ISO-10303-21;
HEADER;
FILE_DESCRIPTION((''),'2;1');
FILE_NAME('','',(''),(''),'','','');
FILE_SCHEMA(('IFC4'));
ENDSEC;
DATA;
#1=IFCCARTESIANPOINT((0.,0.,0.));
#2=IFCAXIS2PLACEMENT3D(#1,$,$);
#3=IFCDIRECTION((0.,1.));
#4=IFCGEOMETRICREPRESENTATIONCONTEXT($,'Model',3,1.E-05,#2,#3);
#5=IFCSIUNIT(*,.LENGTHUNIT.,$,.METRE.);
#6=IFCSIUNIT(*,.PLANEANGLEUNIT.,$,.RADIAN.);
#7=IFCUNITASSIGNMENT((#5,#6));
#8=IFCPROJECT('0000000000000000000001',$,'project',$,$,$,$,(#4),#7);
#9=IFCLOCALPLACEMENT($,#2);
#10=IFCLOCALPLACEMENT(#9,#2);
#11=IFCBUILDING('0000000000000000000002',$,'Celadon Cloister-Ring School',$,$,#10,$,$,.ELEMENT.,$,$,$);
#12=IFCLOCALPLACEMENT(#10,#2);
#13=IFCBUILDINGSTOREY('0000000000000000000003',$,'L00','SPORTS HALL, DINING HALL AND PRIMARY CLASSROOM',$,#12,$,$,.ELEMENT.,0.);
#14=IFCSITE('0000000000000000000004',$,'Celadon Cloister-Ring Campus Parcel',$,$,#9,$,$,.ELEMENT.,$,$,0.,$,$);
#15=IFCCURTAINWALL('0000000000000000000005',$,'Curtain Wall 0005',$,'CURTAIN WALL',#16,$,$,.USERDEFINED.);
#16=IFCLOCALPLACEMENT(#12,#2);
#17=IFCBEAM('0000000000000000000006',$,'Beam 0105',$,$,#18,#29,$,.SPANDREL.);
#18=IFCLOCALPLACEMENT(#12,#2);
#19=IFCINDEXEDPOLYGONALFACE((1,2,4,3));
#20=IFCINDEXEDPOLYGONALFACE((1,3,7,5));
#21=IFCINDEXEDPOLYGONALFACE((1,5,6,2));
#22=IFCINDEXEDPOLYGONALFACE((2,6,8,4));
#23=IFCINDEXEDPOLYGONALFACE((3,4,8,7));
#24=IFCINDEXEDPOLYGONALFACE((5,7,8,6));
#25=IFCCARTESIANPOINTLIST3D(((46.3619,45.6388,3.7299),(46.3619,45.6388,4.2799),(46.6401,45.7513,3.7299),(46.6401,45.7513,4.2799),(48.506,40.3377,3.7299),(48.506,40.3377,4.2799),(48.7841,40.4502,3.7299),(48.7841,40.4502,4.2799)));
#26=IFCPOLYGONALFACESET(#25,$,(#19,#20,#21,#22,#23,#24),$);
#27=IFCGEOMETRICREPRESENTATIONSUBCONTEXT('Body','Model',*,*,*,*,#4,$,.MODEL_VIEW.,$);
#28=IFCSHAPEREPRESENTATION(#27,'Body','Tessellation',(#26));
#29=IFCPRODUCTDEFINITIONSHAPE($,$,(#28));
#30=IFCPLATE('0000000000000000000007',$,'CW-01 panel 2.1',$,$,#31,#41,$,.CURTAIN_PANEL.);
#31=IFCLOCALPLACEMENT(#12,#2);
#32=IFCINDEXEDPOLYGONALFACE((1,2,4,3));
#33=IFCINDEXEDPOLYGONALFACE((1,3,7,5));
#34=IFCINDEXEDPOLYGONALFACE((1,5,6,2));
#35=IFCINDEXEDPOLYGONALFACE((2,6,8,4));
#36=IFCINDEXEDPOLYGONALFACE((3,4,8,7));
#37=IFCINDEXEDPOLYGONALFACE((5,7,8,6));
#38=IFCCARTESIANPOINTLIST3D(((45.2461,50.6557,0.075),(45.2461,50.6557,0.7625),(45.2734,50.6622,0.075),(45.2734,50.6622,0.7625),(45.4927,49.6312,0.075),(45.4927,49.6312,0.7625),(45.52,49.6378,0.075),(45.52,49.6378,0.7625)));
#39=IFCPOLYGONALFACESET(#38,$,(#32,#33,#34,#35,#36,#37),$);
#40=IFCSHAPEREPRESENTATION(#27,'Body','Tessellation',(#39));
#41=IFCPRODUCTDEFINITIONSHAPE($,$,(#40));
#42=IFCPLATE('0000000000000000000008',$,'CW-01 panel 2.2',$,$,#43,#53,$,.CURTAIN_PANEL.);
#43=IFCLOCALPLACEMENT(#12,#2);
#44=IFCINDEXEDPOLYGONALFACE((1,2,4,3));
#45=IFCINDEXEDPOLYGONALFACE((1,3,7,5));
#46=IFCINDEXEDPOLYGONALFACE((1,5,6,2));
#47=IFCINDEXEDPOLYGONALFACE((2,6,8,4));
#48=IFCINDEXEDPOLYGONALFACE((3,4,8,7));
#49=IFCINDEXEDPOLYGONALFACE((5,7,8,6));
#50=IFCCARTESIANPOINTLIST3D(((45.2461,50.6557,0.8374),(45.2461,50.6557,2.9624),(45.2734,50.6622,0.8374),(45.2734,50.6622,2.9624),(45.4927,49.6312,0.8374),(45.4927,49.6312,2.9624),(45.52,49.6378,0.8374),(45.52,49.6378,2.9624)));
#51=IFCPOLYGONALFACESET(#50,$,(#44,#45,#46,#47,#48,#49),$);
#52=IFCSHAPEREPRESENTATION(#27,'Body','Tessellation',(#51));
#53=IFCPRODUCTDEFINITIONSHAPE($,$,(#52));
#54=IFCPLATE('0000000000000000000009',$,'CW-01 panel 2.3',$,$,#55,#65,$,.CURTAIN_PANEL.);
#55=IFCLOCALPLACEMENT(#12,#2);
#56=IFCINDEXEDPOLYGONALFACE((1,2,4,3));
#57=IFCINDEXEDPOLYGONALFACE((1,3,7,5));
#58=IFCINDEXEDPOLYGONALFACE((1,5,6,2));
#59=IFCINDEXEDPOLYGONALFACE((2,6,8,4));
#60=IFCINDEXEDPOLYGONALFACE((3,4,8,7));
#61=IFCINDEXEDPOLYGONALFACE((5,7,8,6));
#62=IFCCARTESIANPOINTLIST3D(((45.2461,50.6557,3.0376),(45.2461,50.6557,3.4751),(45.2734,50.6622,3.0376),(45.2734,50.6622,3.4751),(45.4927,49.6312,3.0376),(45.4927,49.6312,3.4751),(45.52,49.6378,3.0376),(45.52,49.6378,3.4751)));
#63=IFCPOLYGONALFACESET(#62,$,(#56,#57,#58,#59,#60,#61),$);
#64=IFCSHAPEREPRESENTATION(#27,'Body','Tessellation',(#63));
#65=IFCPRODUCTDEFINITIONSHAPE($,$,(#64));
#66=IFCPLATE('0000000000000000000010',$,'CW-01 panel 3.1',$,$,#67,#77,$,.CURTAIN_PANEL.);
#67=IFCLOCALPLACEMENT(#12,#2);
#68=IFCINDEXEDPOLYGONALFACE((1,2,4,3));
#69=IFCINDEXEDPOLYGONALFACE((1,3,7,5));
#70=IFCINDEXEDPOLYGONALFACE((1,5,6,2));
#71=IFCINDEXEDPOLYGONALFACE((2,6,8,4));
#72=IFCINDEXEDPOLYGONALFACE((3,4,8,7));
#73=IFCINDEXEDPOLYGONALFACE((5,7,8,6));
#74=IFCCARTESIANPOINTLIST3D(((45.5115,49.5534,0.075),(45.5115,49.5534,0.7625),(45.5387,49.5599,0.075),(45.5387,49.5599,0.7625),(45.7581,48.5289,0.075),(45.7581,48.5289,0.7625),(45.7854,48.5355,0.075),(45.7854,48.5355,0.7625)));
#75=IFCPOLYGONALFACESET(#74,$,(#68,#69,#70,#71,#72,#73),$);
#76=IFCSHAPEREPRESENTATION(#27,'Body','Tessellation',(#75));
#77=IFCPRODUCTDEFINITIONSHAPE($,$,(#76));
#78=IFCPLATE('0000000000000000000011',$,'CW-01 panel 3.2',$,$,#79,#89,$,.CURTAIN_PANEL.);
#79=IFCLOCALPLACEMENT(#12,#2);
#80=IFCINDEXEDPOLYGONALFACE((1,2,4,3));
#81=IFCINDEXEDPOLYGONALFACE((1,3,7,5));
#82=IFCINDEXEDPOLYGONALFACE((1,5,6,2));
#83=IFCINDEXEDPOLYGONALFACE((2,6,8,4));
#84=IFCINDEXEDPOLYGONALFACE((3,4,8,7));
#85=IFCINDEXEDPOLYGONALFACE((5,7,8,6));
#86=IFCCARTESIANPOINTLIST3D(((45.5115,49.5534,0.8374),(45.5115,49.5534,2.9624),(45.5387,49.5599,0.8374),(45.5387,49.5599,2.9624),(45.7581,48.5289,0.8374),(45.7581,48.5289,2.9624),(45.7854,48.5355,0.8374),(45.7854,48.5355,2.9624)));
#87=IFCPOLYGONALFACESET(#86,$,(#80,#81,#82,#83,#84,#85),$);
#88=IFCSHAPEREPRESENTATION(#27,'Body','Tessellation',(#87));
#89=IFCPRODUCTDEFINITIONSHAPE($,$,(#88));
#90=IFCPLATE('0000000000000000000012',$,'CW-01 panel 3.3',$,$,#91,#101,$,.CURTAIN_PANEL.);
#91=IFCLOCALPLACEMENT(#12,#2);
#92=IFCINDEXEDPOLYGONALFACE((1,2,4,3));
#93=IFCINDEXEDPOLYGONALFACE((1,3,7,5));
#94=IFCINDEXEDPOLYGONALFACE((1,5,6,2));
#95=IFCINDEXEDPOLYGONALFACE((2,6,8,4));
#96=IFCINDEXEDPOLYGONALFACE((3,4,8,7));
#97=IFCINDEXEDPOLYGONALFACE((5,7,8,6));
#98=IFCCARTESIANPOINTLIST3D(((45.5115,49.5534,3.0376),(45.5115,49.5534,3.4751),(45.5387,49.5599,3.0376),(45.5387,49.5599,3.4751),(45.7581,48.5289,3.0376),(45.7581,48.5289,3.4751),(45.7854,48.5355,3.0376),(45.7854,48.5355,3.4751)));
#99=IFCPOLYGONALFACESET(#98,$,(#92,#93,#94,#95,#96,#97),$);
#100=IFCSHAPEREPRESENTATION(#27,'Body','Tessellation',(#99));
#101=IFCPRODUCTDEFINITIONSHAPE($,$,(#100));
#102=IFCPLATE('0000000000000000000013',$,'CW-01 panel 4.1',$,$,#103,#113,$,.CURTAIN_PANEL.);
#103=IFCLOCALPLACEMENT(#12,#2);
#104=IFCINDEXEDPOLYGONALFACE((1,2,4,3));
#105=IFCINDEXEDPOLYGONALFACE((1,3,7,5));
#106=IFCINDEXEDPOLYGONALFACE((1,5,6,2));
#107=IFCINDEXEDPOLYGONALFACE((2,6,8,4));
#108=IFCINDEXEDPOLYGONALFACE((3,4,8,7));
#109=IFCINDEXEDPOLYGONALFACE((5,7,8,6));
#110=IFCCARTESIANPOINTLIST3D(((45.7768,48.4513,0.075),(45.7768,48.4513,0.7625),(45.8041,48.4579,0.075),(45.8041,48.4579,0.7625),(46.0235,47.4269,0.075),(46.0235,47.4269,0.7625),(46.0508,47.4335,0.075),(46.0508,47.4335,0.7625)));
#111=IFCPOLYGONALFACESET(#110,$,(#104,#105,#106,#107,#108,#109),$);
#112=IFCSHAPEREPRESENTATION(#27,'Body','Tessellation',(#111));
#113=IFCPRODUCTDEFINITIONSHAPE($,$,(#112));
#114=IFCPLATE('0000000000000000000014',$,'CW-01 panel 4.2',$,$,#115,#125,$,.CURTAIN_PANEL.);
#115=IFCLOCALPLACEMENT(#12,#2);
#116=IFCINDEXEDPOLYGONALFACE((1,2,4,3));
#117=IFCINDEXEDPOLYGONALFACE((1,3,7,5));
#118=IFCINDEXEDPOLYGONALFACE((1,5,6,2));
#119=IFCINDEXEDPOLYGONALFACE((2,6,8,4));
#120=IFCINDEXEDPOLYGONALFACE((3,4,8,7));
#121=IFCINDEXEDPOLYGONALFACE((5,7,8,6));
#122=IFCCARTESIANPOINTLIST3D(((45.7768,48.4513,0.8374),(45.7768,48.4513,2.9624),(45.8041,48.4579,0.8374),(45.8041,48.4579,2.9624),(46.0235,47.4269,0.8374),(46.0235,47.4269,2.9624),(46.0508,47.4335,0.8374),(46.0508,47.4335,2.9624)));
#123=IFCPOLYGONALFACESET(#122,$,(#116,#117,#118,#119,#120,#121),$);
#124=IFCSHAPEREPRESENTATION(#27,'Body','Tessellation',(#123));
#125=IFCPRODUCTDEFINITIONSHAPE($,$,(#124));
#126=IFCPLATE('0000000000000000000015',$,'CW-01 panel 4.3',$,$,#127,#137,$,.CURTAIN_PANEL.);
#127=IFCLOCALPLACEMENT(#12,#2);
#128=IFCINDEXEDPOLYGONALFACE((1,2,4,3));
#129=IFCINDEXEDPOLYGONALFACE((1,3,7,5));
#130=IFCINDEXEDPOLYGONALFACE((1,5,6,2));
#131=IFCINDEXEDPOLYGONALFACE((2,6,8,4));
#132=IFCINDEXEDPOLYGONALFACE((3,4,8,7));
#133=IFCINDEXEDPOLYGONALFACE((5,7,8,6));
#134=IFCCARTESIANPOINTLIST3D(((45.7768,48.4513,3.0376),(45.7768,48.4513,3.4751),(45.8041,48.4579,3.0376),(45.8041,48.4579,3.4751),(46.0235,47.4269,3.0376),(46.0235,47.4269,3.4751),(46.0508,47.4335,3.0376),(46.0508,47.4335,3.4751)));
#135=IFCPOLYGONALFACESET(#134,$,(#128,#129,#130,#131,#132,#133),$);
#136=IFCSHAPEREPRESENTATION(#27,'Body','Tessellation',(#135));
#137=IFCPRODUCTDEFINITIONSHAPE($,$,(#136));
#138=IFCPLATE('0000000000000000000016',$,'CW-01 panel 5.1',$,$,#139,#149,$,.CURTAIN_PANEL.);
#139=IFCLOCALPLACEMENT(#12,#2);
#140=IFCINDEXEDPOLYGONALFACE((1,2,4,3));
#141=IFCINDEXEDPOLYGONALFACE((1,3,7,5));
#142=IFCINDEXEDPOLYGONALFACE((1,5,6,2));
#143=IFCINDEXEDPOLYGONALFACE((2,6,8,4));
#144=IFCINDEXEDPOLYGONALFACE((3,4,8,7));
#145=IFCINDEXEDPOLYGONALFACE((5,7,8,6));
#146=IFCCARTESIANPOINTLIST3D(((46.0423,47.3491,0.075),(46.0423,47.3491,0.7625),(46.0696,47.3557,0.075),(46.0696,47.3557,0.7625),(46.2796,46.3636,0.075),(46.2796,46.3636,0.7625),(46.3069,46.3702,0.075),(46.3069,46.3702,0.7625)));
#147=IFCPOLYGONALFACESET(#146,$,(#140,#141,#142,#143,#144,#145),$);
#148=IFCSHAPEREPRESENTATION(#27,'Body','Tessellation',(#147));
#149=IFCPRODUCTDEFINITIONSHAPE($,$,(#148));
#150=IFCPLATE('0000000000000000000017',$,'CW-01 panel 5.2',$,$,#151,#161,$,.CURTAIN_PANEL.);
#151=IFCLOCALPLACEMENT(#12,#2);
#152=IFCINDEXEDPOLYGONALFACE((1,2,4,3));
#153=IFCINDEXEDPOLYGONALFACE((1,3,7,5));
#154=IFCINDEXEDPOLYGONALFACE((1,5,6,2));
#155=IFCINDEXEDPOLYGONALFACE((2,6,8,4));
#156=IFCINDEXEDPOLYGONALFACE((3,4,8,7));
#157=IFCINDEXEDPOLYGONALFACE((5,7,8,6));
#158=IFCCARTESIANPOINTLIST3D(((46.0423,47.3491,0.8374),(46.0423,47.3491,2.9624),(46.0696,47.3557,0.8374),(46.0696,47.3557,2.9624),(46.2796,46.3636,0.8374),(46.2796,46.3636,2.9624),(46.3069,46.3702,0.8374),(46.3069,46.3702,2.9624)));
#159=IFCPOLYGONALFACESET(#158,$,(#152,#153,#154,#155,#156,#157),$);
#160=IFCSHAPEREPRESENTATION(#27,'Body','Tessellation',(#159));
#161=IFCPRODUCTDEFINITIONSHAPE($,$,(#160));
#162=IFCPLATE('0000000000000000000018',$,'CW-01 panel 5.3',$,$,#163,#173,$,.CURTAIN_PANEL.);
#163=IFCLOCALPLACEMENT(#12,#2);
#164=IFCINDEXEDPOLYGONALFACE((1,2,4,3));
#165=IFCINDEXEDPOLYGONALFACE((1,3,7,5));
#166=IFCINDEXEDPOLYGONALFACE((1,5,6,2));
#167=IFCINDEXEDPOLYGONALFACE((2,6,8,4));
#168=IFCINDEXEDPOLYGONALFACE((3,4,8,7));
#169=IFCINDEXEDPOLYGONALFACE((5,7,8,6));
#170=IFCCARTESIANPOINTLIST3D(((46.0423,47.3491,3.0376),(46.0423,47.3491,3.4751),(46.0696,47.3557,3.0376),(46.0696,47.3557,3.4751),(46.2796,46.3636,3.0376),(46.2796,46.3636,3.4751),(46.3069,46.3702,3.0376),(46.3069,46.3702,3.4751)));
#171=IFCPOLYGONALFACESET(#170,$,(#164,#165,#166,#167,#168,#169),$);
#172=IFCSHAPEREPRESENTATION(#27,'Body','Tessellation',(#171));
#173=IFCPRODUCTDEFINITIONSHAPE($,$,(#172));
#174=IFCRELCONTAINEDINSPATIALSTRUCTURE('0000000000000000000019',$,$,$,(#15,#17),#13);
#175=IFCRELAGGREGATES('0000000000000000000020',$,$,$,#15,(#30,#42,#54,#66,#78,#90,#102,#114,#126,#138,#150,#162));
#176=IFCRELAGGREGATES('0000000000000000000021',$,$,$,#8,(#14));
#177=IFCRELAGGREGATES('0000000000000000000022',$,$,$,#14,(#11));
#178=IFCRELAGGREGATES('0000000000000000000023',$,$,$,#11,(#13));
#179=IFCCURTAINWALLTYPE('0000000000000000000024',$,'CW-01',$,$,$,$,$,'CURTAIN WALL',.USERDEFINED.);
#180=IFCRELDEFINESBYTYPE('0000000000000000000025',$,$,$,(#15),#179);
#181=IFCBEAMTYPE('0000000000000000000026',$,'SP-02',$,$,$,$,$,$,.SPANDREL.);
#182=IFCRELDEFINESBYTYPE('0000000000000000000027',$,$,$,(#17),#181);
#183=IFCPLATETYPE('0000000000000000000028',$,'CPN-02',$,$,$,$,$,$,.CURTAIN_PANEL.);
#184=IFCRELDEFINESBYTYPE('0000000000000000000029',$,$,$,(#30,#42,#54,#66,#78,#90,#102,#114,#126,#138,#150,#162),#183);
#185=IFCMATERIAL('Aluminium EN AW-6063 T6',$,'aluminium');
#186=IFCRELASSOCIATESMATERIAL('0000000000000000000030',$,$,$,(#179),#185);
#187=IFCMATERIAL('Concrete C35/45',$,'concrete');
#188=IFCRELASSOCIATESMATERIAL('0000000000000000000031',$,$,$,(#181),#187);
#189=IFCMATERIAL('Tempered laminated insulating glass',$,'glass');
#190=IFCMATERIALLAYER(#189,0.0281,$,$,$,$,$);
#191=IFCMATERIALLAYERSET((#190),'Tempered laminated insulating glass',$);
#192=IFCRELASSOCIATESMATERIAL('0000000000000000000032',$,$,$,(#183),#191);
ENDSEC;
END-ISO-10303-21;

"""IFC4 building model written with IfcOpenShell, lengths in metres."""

from ifc_helpers import new_model, si_unit, direction, frame, origin, origin_2d, place, context, subcontext, project, spatial, rectangle, extrude, material, layer, layer_set, material_profile, profile_set, type_object, element, aggregate, save


model = new_model("IFC4")

# Units and contexts
model_context = context("Model", 3, precision=1e-05, world=origin(), true_north=direction((0.0, 1.0)))
body_context = subcontext(model_context, "Body", "Model", "MODEL_VIEW")
ifc_project = project(units=[si_unit("LENGTHUNIT", "METRE"), si_unit("PLANEANGLEUNIT", "RADIAN")], contexts=[model_context])

# Site, building, storey
site_placement = place(None, origin())
site = spatial("IfcSite", under=ifc_project, at=site_placement, Name="Celadon Cloister-Ring Campus Parcel", CompositionType="ELEMENT", RefElevation=0.0)
building_placement = place(site_placement, origin())
building = spatial("IfcBuilding", under=site, at=building_placement, Name="Celadon Cloister-Ring School", CompositionType="ELEMENT")
storey_placement = place(building_placement, origin())
storey = spatial("IfcBuildingStorey", under=building, at=storey_placement, Name="L00", Description="SPORTS HALL, DINING HALL AND PRIMARY CLASSROOM", CompositionType="ELEMENT", Elevation=0.0)

# Curtain wall
ifc_material_1 = material(Name="Aluminium EN AW-6063 T6", Category="aluminium")
curtain_wall_type = type_object("IfcCurtainWallType", Name="CW-01", ElementType="CURTAIN WALL", PredefinedType="USERDEFINED", material=ifc_material_1)
curtain_wall_placement = place(storey_placement, origin())
curtain_wall = element("IfcCurtainWall", 1, at=curtain_wall_placement, inside=storey, type_object=curtain_wall_type, Name="Curtain Wall 0005", ObjectType="CURTAIN WALL", PredefinedType="USERDEFINED")

# Beam
ifc_material_2 = material(Name="Concrete C35/45", Category="concrete")
ifc_material_profile_1 = material_profile(ifc_material_2, rectangle(XDim=0.3, YDim=0.55, at=origin_2d()), Name="RC300X550")
ifc_profile_set_1 = profile_set([ifc_material_profile_1], Name="Concrete C35/45")
beam_type = type_object("IfcBeamType", Name="SP-02", PredefinedType="SPANDREL", material=ifc_profile_set_1)
beam_placement = place(storey_placement, frame((46.501, 45.6951, 4.0049), z_axis=(0.374951, -0.927045, 0.0), x_axis=(0.927045, 0.374951, 0.0)))
element("IfcBeam", 2, at=beam_placement, inside=storey, type_object=beam_type, Name="Beam 0105", PredefinedType="SPANDREL", context=body_context, shape_type="SweptSolid", body=[
    extrude(rectangle(XDim=0.3, YDim=0.55, at=origin_2d()), origin(), (0.0, 0.0, 1.0), 5.7183),
])

# Plates
ifc_material_3 = material(Name="Tempered laminated insulating glass", Category="glass")
ifc_layer = layer(ifc_material_3, 0.0281)
ifc_layer_set = layer_set([ifc_layer], Name="Tempered laminated insulating glass")
plate_type = type_object("IfcPlateType", Name="CPN-02", PredefinedType="CURTAIN_PANEL", material=ifc_layer_set)
plate_1_placement = place(storey_placement, frame((45.3831, 50.1467, 0.075), z_axis=(0.0, 0.0, 1.0), x_axis=(0.2341, -0.972212, 0.0)))
plate_1 = element("IfcPlate", 3, at=plate_1_placement, type_object=plate_type, Name="CW-01 panel 2.1", PredefinedType="CURTAIN_PANEL", context=body_context, shape_type="SweptSolid", body=[
    extrude(rectangle(XDim=1.0537, YDim=0.0281, at=origin_2d()), origin(), (0.0, 0.0, 1.0), 0.6875),
])
plate_2_placement = place(storey_placement, frame((45.3831, 50.1467, 0.8374), z_axis=(0.0, 0.0, 1.0), x_axis=(0.2341, -0.972212, 0.0)))
plate_2 = element("IfcPlate", 4, at=plate_2_placement, type_object=plate_type, Name="CW-01 panel 2.2", PredefinedType="CURTAIN_PANEL", context=body_context, shape_type="SweptSolid", body=[
    extrude(rectangle(XDim=1.0537, YDim=0.0281, at=origin_2d()), origin(), (0.0, 0.0, 1.0), 2.125),
])
plate_3_placement = place(storey_placement, frame((45.3831, 50.1467, 3.0376), z_axis=(0.0, 0.0, 1.0), x_axis=(0.2341, -0.972212, 0.0)))
plate_3 = element("IfcPlate", 5, at=plate_3_placement, type_object=plate_type, Name="CW-01 panel 2.3", PredefinedType="CURTAIN_PANEL", context=body_context, shape_type="SweptSolid", body=[
    extrude(rectangle(XDim=1.0537, YDim=0.0281, at=origin_2d()), origin(), (0.0, 0.0, 1.0), 0.4375),
])
plate_4_placement = place(storey_placement, frame((45.6484, 49.0444, 0.075), z_axis=(0.0, 0.0, 1.0), x_axis=(0.2341, -0.972212, 0.0)))
plate_4 = element("IfcPlate", 6, at=plate_4_placement, type_object=plate_type, Name="CW-01 panel 3.1", PredefinedType="CURTAIN_PANEL", context=body_context, shape_type="SweptSolid", body=[
    extrude(rectangle(XDim=1.0537, YDim=0.0281, at=origin_2d()), origin(), (0.0, 0.0, 1.0), 0.6875),
])
plate_5_placement = place(storey_placement, frame((45.6484, 49.0444, 0.8374), z_axis=(0.0, 0.0, 1.0), x_axis=(0.2341, -0.972212, 0.0)))
plate_5 = element("IfcPlate", 7, at=plate_5_placement, type_object=plate_type, Name="CW-01 panel 3.2", PredefinedType="CURTAIN_PANEL", context=body_context, shape_type="SweptSolid", body=[
    extrude(rectangle(XDim=1.0537, YDim=0.0281, at=origin_2d()), origin(), (0.0, 0.0, 1.0), 2.125),
])
plate_6_placement = place(storey_placement, frame((45.6484, 49.0444, 3.0376), z_axis=(0.0, 0.0, 1.0), x_axis=(0.2341, -0.972212, 0.0)))
plate_6 = element("IfcPlate", 8, at=plate_6_placement, type_object=plate_type, Name="CW-01 panel 3.3", PredefinedType="CURTAIN_PANEL", context=body_context, shape_type="SweptSolid", body=[
    extrude(rectangle(XDim=1.0537, YDim=0.0281, at=origin_2d()), origin(), (0.0, 0.0, 1.0), 0.4375),
])
plate_7_placement = place(storey_placement, frame((45.9138, 47.9424, 0.075), z_axis=(0.0, 0.0, 1.0), x_axis=(0.2341, -0.972212, 0.0)))
plate_7 = element("IfcPlate", 9, at=plate_7_placement, type_object=plate_type, Name="CW-01 panel 4.1", PredefinedType="CURTAIN_PANEL", context=body_context, shape_type="SweptSolid", body=[
    extrude(rectangle(XDim=1.0537, YDim=0.0281, at=origin_2d()), origin(), (0.0, 0.0, 1.0), 0.6875),
])
plate_8_placement = place(storey_placement, frame((45.9138, 47.9424, 0.8374), z_axis=(0.0, 0.0, 1.0), x_axis=(0.2341, -0.972212, 0.0)))
plate_8 = element("IfcPlate", 10, at=plate_8_placement, type_object=plate_type, Name="CW-01 panel 4.2", PredefinedType="CURTAIN_PANEL", context=body_context, shape_type="SweptSolid", body=[
    extrude(rectangle(XDim=1.0537, YDim=0.0281, at=origin_2d()), origin(), (0.0, 0.0, 1.0), 2.125),
])
plate_9_placement = place(storey_placement, frame((45.9138, 47.9424, 3.0376), z_axis=(0.0, 0.0, 1.0), x_axis=(0.2341, -0.972212, 0.0)))
plate_9 = element("IfcPlate", 11, at=plate_9_placement, type_object=plate_type, Name="CW-01 panel 4.3", PredefinedType="CURTAIN_PANEL", context=body_context, shape_type="SweptSolid", body=[
    extrude(rectangle(XDim=1.0537, YDim=0.0281, at=origin_2d()), origin(), (0.0, 0.0, 1.0), 0.4375),
])
plate_10_placement = place(storey_placement, frame((46.1746, 46.8596, 0.075), z_axis=(0.0, 0.0, 1.0), x_axis=(0.2341, -0.972212, 0.0)))
plate_10 = element("IfcPlate", 12, at=plate_10_placement, type_object=plate_type, Name="CW-01 panel 5.1", PredefinedType="CURTAIN_PANEL", context=body_context, shape_type="SweptSolid", body=[
    extrude(rectangle(XDim=1.0137, YDim=0.0281, at=origin_2d()), origin(), (0.0, 0.0, 1.0), 0.6875),
])
plate_11_placement = place(storey_placement, frame((46.1746, 46.8596, 0.8374), z_axis=(0.0, 0.0, 1.0), x_axis=(0.2341, -0.972212, 0.0)))
plate_11 = element("IfcPlate", 13, at=plate_11_placement, type_object=plate_type, Name="CW-01 panel 5.2", PredefinedType="CURTAIN_PANEL", context=body_context, shape_type="SweptSolid", body=[
    extrude(rectangle(XDim=1.0137, YDim=0.0281, at=origin_2d()), origin(), (0.0, 0.0, 1.0), 2.125),
])
plate_12_placement = place(storey_placement, frame((46.1746, 46.8596, 3.0376), z_axis=(0.0, 0.0, 1.0), x_axis=(0.2341, -0.972212, 0.0)))
plate_12 = element("IfcPlate", 14, at=plate_12_placement, type_object=plate_type, Name="CW-01 panel 5.3", PredefinedType="CURTAIN_PANEL", context=body_context, shape_type="SweptSolid", body=[
    extrude(rectangle(XDim=1.0137, YDim=0.0281, at=origin_2d()), origin(), (0.0, 0.0, 1.0), 0.4375),
])
aggregate(curtain_wall, [plate_1, plate_2, plate_3, plate_4, plate_5, plate_6, plate_7, plate_8, plate_9, plate_10, plate_11, plate_12])

save(model, "model.ifc")
